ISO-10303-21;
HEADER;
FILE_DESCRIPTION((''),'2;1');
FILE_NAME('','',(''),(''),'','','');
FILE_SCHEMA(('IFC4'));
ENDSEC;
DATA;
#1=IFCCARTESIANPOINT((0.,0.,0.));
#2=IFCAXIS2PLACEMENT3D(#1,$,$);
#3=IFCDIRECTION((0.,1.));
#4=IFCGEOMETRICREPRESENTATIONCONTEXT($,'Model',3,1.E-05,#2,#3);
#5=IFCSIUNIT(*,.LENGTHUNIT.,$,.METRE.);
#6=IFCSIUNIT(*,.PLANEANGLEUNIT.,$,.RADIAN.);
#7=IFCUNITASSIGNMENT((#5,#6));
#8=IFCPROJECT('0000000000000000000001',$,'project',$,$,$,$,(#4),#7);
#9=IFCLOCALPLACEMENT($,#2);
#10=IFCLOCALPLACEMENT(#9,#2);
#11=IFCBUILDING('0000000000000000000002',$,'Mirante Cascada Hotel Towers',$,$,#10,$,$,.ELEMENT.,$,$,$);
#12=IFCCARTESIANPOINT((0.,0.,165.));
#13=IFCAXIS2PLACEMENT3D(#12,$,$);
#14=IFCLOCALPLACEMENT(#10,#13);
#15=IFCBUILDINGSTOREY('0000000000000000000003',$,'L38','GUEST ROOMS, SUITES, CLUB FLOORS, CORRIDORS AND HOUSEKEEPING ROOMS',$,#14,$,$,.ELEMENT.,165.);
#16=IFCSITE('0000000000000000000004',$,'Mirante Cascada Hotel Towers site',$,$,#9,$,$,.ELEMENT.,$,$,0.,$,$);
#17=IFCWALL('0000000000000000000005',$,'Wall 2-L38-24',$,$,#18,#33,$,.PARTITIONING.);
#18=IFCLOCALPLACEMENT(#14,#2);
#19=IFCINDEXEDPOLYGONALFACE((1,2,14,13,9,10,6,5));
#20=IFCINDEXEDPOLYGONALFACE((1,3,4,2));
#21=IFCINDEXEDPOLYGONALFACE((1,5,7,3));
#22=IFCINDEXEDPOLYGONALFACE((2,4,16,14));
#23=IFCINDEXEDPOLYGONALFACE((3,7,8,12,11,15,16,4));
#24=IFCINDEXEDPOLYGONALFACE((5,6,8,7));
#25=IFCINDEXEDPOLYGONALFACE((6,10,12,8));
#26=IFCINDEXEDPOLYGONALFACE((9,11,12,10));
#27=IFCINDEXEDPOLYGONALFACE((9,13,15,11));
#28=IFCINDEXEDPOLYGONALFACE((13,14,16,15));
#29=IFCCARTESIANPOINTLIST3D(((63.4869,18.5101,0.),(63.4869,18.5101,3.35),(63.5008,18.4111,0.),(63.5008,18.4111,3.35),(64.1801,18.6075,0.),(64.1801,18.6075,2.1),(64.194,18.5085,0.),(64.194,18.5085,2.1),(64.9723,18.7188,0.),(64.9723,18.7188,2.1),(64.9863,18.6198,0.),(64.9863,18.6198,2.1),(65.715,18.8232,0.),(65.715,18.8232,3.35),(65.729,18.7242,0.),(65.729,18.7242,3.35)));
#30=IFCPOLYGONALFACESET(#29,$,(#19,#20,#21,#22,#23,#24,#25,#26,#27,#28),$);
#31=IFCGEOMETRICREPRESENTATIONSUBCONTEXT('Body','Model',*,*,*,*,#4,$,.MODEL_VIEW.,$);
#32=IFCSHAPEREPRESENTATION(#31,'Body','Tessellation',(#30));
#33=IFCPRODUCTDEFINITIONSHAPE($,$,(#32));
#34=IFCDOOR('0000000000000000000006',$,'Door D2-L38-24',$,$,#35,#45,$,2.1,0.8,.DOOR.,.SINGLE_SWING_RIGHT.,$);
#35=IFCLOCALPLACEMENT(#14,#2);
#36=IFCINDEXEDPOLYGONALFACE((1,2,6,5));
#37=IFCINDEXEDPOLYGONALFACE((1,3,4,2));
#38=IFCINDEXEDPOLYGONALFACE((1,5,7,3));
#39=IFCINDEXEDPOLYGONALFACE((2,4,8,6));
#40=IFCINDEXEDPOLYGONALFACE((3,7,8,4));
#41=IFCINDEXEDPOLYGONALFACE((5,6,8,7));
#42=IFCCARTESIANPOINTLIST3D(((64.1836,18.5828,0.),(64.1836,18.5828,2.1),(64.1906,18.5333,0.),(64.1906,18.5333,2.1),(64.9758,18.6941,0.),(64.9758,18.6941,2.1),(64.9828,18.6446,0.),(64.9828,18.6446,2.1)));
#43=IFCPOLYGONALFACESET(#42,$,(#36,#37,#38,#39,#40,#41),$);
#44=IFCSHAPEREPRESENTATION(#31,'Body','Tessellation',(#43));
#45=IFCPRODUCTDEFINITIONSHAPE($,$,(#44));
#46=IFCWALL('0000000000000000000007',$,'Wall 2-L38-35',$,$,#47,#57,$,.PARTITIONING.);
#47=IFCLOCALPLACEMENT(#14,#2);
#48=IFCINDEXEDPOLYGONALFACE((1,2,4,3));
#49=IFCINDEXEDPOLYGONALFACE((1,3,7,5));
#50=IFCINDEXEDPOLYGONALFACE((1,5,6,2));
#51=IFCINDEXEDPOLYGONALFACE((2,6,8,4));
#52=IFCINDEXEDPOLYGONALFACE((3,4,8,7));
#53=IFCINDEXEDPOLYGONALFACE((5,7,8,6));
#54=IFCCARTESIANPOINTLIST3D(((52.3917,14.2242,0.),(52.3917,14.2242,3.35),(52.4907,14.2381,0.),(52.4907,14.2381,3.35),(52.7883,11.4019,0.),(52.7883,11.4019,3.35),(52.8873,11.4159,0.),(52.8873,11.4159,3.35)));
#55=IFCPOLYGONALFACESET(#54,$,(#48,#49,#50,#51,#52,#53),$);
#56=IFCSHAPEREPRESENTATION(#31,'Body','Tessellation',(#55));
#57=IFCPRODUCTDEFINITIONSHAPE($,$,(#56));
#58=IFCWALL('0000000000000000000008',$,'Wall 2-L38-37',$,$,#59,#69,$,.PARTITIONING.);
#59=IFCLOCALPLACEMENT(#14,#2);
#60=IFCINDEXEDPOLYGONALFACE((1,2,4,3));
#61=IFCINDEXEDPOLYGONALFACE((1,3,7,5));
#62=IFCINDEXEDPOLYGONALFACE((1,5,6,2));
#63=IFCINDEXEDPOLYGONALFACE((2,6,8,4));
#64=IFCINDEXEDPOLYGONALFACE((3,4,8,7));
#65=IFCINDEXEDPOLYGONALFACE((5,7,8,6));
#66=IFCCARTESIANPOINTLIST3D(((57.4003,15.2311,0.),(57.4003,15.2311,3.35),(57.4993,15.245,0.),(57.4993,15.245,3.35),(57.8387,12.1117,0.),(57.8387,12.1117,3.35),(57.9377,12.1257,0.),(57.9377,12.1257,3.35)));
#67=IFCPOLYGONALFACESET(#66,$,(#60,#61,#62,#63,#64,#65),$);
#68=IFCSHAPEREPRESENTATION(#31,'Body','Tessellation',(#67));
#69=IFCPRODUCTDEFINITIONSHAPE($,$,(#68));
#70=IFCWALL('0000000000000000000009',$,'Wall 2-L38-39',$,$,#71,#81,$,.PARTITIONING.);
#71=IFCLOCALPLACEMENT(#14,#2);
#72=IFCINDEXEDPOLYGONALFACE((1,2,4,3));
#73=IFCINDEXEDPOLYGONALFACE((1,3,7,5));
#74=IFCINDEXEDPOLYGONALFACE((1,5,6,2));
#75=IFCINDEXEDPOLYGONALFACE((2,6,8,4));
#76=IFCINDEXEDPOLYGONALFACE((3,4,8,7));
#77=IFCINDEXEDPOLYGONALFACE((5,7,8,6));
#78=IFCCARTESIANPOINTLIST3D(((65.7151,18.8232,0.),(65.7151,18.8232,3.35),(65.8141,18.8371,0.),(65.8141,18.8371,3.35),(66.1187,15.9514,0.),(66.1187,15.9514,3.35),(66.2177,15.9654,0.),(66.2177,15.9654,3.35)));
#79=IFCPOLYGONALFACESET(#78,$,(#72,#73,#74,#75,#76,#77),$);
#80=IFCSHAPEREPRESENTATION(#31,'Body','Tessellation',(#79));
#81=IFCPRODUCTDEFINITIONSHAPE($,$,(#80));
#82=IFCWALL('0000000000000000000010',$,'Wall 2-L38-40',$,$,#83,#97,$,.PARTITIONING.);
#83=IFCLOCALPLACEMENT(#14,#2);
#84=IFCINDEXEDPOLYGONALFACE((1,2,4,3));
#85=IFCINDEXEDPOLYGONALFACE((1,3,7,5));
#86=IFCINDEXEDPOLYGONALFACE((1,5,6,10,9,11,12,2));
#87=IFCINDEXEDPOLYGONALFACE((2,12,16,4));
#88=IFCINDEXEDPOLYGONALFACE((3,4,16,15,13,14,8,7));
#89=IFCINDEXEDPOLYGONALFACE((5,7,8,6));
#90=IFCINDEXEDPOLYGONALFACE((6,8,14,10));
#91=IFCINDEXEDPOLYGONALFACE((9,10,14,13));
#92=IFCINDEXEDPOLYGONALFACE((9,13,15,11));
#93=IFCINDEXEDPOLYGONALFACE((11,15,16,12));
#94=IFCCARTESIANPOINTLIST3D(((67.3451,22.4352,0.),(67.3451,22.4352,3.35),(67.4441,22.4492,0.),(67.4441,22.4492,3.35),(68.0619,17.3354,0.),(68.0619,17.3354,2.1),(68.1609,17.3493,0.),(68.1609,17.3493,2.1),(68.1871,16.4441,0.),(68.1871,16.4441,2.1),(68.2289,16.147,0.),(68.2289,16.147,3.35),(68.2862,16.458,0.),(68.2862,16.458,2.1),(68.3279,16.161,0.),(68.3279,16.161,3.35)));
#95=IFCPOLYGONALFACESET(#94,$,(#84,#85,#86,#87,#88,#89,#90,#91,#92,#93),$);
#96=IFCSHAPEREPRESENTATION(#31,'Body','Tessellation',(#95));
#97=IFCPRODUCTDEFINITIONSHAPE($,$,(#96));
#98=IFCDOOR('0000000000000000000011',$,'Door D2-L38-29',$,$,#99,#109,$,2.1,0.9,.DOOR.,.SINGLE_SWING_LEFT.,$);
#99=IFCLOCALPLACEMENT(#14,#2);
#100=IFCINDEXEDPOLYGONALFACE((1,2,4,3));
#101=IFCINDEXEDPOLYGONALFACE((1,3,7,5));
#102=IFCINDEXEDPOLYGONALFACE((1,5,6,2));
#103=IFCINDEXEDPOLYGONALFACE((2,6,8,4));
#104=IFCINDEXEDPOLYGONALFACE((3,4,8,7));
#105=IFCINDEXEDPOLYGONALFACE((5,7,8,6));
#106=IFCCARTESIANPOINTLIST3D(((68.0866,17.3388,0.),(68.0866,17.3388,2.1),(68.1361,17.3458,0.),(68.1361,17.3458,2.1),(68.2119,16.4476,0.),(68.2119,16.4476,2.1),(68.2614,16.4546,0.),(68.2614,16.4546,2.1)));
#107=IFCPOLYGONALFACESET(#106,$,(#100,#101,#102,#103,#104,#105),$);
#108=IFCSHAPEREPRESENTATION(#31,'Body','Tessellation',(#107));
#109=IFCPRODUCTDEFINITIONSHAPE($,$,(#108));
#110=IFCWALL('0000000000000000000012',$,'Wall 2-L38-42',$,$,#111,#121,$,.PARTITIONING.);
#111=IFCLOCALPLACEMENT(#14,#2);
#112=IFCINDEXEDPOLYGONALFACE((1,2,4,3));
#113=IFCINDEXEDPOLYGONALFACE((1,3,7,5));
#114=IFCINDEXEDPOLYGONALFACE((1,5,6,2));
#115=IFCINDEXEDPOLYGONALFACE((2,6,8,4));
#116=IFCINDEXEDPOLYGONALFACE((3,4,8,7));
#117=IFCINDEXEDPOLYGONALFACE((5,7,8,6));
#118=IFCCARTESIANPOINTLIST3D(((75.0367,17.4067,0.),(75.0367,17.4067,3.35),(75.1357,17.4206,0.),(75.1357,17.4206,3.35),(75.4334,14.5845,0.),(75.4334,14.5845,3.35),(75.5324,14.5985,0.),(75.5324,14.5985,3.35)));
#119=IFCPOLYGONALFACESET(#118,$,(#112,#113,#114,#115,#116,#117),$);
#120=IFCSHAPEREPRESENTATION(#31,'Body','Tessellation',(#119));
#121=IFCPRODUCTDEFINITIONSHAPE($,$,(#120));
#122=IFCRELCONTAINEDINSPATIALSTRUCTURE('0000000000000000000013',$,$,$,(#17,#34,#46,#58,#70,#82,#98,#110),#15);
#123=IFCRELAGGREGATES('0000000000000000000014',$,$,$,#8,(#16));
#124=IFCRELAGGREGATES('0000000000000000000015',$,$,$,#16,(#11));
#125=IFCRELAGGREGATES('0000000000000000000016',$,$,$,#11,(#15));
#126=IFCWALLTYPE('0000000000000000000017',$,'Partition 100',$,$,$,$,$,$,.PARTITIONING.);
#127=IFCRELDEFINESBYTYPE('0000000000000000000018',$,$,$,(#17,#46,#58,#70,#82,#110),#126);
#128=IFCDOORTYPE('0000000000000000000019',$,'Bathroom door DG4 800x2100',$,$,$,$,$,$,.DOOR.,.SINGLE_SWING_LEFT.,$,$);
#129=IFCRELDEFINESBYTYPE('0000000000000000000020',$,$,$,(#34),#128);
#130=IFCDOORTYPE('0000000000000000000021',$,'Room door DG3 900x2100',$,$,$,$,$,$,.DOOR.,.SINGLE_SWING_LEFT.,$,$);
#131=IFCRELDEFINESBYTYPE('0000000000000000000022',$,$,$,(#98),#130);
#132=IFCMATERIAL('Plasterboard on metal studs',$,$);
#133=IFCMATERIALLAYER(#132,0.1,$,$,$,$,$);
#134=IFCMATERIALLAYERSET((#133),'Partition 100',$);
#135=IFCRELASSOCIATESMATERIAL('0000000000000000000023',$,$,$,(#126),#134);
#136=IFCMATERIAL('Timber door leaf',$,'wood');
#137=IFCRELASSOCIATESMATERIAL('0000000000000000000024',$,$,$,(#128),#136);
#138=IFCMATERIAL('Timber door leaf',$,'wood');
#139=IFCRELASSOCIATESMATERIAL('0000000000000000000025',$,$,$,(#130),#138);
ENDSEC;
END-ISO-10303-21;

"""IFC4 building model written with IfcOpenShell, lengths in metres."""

from ifc_helpers import new_model, si_unit, direction, frame, frame_2d, origin, place, context, subcontext, project, spatial, rectangle, extrude, material, layer, layer_set, type_object, element, fill, save


model = new_model("IFC4")

# Units and contexts
model_context = context("Model", 3, precision=1e-05, world=origin(), true_north=direction((0.0, 1.0)))
body_context = subcontext(model_context, "Body", "Model", "MODEL_VIEW")
ifc_project = project(units=[si_unit("LENGTHUNIT", "METRE"), si_unit("PLANEANGLEUNIT", "RADIAN")], contexts=[model_context])

# Site, building, storey
site_placement = place(None, origin())
site = spatial("IfcSite", under=ifc_project, at=site_placement, Name="Mirante Cascada Hotel Towers site", CompositionType="ELEMENT", RefElevation=0.0)
building_placement = place(site_placement, origin())
building = spatial("IfcBuilding", under=site, at=building_placement, Name="Mirante Cascada Hotel Towers", CompositionType="ELEMENT")
storey_placement = place(building_placement, frame((0.0, 0.0, 165.0)))
storey = spatial("IfcBuildingStorey", under=building, at=storey_placement, Name="L38", Description="GUEST ROOMS, SUITES, CLUB FLOORS, CORRIDORS AND HOUSEKEEPING ROOMS", CompositionType="ELEMENT", Elevation=165.0)

# Shared definitions
ifc_material_1 = material(Name="Plasterboard on metal studs")
ifc_layer_1 = layer(ifc_material_1, 0.1)
ifc_layer_set_1 = layer_set([ifc_layer_1], Name="Partition 100")
wall_type_1 = type_object("IfcWallType", Name="Partition 100", PredefinedType="PARTITIONING", material=ifc_layer_set_1)

# Wall, opening, door
ifc_material_2 = material(Name="Timber door leaf", Category="wood")
door_type_1 = type_object("IfcDoorType", Name="Bathroom door DG4 800x2100", OperationType="SINGLE_SWING_LEFT", PredefinedType="DOOR", material=ifc_material_2)
ifc_material_3 = material(Name="Timber door leaf", Category="wood")
door_type_2 = type_object("IfcDoorType", Name="Room door DG3 900x2100", OperationType="SINGLE_SWING_LEFT", PredefinedType="DOOR", material=ifc_material_3)
wall_1_placement = place(storey_placement, frame((65.722, 18.7737, 0.0), z_axis=(0.0, 0.0, 1.0), x_axis=(-0.990271, -0.139156, 0.0)))
wall_1 = element("IfcWall", 1, at=wall_1_placement, inside=storey, type_object=wall_type_1, Name="Wall 2-L38-24", PredefinedType="PARTITIONING", context=body_context, shape_type="SweptSolid", body=[
    extrude(rectangle(XDim=2.25, YDim=0.1, at=frame_2d((1.125, 0.0))), origin(), (0.0, 0.0, 1.0), 3.35),
])
opening_1_placement = place(wall_1_placement, frame((0.75, 0.0, 0.0)))
opening_1 = element("IfcOpeningElement", 2, at=opening_1_placement, cuts=wall_1, PredefinedType="OPENING", context=body_context, shape_type="SweptSolid", body=[
    extrude(rectangle(XDim=0.8, YDim=2.1, at=frame_2d((0.4, 1.05))), frame((0.0, 0.05, 0.0), z_axis=(0.0, -1.0, 0.0), x_axis=(1.0, 0.0, 0.0)), (0.0, 0.0, 1.0), 0.1),
])
door_1_placement = place(opening_1_placement, frame((0.8, 0.0, 0.0), z_axis=(0.0, 0.0, 1.0), x_axis=(-1.0, 0.0, 0.0)))
door_1 = element("IfcDoor", 3, at=door_1_placement, inside=storey, type_object=door_type_1, Name="Door D2-L38-24", OperationType="SINGLE_SWING_RIGHT", OverallHeight=2.1, OverallWidth=0.8, PredefinedType="DOOR", context=body_context, shape_type="SweptSolid", body=[
    extrude(rectangle(XDim=0.8, YDim=2.1, at=frame_2d((0.4, 1.05))), frame((0.0, 0.025, 0.0), z_axis=(0.0, -1.0, 0.0), x_axis=(1.0, 0.0, 0.0)), (0.0, 0.0, 1.0), 0.05),
])
fill(opening_1, door_1)

# Walls
wall_2_placement = place(storey_placement, frame((52.8378, 11.4089, 0.0), z_axis=(0.0, 0.0, 1.0), x_axis=(-0.139156, 0.99027, 0.0)))
element("IfcWall", 4, at=wall_2_placement, inside=storey, type_object=wall_type_1, Name="Wall 2-L38-35", PredefinedType="PARTITIONING", context=body_context, shape_type="SweptSolid", body=[
    extrude(rectangle(XDim=2.85, YDim=0.1, at=frame_2d((1.425, 0.0))), origin(), (0.0, 0.0, 1.0), 3.35),
])
wall_3_placement = place(storey_placement, frame((57.8882, 12.1187, 0.0), z_axis=(0.0, 0.0, 1.0), x_axis=(-0.139177, 0.990268, 0.0)))
element("IfcWall", 5, at=wall_3_placement, inside=storey, type_object=wall_type_1, Name="Wall 2-L38-37", PredefinedType="PARTITIONING", context=body_context, shape_type="SweptSolid", body=[
    extrude(rectangle(XDim=3.15, YDim=0.1, at=frame_2d((1.575, 0.0))), origin(), (0.0, 0.0, 1.0), 3.35),
])
wall_4_placement = place(storey_placement, frame((66.1682, 15.9584, 0.0), z_axis=(0.0, 0.0, 1.0), x_axis=(-0.139171, 0.990268, 0.0)))
element("IfcWall", 6, at=wall_4_placement, inside=storey, type_object=wall_type_1, Name="Wall 2-L38-39", PredefinedType="PARTITIONING", context=body_context, shape_type="SweptSolid", body=[
    extrude(rectangle(XDim=2.9, YDim=0.1, at=frame_2d((1.45, 0.0))), origin(), (0.0, 0.0, 1.0), 3.35),
])

# Wall, opening, door
wall_5_placement = place(storey_placement, frame((67.3946, 22.4422, 0.0), z_axis=(0.0, 0.0, 1.0), x_axis=(0.139181, -0.990267, 0.0)))
wall_5 = element("IfcWall", 7, at=wall_5_placement, inside=storey, type_object=wall_type_1, Name="Wall 2-L38-40", PredefinedType="PARTITIONING", context=body_context, shape_type="SweptSolid", body=[
    extrude(rectangle(XDim=6.35, YDim=0.1, at=frame_2d((3.175, 0.0))), origin(), (0.0, 0.0, 1.0), 3.35),
])
opening_2_placement = place(wall_5_placement, frame((5.15, 0.0, 0.0)))
opening_2 = element("IfcOpeningElement", 8, at=opening_2_placement, cuts=wall_5, PredefinedType="OPENING", context=body_context, shape_type="SweptSolid", body=[
    extrude(rectangle(XDim=0.9, YDim=2.1, at=frame_2d((0.45, 1.05))), frame((0.0, 0.05, 0.0), z_axis=(0.0, -1.0, 0.0), x_axis=(1.0, 0.0, 0.0)), (0.0, 0.0, 1.0), 0.1),
])
door_2_placement = place(opening_2_placement, origin())
door_2 = element("IfcDoor", 9, at=door_2_placement, inside=storey, type_object=door_type_2, Name="Door D2-L38-29", OperationType="SINGLE_SWING_LEFT", OverallHeight=2.1, OverallWidth=0.9, PredefinedType="DOOR", context=body_context, shape_type="SweptSolid", body=[
    extrude(rectangle(XDim=0.9, YDim=2.1, at=frame_2d((0.45, 1.05))), frame((0.0, 0.025, 0.0), z_axis=(0.0, -1.0, 0.0), x_axis=(1.0, 0.0, 0.0)), (0.0, 0.0, 1.0), 0.05),
])
fill(opening_2, door_2)

# Wall
wall_6_placement = place(storey_placement, frame((75.0862, 17.4137, 0.0), z_axis=(0.0, 0.0, 1.0), x_axis=(0.139196, -0.990265, 0.0)))
element("IfcWall", 10, at=wall_6_placement, inside=storey, type_object=wall_type_1, Name="Wall 2-L38-42", PredefinedType="PARTITIONING", context=body_context, shape_type="SweptSolid", body=[
    extrude(rectangle(XDim=2.8499, YDim=0.1, at=frame_2d((1.425, 0.0))), origin(), (0.0, 0.0, 1.0), 3.35),
])

save(model, "model.ifc")
